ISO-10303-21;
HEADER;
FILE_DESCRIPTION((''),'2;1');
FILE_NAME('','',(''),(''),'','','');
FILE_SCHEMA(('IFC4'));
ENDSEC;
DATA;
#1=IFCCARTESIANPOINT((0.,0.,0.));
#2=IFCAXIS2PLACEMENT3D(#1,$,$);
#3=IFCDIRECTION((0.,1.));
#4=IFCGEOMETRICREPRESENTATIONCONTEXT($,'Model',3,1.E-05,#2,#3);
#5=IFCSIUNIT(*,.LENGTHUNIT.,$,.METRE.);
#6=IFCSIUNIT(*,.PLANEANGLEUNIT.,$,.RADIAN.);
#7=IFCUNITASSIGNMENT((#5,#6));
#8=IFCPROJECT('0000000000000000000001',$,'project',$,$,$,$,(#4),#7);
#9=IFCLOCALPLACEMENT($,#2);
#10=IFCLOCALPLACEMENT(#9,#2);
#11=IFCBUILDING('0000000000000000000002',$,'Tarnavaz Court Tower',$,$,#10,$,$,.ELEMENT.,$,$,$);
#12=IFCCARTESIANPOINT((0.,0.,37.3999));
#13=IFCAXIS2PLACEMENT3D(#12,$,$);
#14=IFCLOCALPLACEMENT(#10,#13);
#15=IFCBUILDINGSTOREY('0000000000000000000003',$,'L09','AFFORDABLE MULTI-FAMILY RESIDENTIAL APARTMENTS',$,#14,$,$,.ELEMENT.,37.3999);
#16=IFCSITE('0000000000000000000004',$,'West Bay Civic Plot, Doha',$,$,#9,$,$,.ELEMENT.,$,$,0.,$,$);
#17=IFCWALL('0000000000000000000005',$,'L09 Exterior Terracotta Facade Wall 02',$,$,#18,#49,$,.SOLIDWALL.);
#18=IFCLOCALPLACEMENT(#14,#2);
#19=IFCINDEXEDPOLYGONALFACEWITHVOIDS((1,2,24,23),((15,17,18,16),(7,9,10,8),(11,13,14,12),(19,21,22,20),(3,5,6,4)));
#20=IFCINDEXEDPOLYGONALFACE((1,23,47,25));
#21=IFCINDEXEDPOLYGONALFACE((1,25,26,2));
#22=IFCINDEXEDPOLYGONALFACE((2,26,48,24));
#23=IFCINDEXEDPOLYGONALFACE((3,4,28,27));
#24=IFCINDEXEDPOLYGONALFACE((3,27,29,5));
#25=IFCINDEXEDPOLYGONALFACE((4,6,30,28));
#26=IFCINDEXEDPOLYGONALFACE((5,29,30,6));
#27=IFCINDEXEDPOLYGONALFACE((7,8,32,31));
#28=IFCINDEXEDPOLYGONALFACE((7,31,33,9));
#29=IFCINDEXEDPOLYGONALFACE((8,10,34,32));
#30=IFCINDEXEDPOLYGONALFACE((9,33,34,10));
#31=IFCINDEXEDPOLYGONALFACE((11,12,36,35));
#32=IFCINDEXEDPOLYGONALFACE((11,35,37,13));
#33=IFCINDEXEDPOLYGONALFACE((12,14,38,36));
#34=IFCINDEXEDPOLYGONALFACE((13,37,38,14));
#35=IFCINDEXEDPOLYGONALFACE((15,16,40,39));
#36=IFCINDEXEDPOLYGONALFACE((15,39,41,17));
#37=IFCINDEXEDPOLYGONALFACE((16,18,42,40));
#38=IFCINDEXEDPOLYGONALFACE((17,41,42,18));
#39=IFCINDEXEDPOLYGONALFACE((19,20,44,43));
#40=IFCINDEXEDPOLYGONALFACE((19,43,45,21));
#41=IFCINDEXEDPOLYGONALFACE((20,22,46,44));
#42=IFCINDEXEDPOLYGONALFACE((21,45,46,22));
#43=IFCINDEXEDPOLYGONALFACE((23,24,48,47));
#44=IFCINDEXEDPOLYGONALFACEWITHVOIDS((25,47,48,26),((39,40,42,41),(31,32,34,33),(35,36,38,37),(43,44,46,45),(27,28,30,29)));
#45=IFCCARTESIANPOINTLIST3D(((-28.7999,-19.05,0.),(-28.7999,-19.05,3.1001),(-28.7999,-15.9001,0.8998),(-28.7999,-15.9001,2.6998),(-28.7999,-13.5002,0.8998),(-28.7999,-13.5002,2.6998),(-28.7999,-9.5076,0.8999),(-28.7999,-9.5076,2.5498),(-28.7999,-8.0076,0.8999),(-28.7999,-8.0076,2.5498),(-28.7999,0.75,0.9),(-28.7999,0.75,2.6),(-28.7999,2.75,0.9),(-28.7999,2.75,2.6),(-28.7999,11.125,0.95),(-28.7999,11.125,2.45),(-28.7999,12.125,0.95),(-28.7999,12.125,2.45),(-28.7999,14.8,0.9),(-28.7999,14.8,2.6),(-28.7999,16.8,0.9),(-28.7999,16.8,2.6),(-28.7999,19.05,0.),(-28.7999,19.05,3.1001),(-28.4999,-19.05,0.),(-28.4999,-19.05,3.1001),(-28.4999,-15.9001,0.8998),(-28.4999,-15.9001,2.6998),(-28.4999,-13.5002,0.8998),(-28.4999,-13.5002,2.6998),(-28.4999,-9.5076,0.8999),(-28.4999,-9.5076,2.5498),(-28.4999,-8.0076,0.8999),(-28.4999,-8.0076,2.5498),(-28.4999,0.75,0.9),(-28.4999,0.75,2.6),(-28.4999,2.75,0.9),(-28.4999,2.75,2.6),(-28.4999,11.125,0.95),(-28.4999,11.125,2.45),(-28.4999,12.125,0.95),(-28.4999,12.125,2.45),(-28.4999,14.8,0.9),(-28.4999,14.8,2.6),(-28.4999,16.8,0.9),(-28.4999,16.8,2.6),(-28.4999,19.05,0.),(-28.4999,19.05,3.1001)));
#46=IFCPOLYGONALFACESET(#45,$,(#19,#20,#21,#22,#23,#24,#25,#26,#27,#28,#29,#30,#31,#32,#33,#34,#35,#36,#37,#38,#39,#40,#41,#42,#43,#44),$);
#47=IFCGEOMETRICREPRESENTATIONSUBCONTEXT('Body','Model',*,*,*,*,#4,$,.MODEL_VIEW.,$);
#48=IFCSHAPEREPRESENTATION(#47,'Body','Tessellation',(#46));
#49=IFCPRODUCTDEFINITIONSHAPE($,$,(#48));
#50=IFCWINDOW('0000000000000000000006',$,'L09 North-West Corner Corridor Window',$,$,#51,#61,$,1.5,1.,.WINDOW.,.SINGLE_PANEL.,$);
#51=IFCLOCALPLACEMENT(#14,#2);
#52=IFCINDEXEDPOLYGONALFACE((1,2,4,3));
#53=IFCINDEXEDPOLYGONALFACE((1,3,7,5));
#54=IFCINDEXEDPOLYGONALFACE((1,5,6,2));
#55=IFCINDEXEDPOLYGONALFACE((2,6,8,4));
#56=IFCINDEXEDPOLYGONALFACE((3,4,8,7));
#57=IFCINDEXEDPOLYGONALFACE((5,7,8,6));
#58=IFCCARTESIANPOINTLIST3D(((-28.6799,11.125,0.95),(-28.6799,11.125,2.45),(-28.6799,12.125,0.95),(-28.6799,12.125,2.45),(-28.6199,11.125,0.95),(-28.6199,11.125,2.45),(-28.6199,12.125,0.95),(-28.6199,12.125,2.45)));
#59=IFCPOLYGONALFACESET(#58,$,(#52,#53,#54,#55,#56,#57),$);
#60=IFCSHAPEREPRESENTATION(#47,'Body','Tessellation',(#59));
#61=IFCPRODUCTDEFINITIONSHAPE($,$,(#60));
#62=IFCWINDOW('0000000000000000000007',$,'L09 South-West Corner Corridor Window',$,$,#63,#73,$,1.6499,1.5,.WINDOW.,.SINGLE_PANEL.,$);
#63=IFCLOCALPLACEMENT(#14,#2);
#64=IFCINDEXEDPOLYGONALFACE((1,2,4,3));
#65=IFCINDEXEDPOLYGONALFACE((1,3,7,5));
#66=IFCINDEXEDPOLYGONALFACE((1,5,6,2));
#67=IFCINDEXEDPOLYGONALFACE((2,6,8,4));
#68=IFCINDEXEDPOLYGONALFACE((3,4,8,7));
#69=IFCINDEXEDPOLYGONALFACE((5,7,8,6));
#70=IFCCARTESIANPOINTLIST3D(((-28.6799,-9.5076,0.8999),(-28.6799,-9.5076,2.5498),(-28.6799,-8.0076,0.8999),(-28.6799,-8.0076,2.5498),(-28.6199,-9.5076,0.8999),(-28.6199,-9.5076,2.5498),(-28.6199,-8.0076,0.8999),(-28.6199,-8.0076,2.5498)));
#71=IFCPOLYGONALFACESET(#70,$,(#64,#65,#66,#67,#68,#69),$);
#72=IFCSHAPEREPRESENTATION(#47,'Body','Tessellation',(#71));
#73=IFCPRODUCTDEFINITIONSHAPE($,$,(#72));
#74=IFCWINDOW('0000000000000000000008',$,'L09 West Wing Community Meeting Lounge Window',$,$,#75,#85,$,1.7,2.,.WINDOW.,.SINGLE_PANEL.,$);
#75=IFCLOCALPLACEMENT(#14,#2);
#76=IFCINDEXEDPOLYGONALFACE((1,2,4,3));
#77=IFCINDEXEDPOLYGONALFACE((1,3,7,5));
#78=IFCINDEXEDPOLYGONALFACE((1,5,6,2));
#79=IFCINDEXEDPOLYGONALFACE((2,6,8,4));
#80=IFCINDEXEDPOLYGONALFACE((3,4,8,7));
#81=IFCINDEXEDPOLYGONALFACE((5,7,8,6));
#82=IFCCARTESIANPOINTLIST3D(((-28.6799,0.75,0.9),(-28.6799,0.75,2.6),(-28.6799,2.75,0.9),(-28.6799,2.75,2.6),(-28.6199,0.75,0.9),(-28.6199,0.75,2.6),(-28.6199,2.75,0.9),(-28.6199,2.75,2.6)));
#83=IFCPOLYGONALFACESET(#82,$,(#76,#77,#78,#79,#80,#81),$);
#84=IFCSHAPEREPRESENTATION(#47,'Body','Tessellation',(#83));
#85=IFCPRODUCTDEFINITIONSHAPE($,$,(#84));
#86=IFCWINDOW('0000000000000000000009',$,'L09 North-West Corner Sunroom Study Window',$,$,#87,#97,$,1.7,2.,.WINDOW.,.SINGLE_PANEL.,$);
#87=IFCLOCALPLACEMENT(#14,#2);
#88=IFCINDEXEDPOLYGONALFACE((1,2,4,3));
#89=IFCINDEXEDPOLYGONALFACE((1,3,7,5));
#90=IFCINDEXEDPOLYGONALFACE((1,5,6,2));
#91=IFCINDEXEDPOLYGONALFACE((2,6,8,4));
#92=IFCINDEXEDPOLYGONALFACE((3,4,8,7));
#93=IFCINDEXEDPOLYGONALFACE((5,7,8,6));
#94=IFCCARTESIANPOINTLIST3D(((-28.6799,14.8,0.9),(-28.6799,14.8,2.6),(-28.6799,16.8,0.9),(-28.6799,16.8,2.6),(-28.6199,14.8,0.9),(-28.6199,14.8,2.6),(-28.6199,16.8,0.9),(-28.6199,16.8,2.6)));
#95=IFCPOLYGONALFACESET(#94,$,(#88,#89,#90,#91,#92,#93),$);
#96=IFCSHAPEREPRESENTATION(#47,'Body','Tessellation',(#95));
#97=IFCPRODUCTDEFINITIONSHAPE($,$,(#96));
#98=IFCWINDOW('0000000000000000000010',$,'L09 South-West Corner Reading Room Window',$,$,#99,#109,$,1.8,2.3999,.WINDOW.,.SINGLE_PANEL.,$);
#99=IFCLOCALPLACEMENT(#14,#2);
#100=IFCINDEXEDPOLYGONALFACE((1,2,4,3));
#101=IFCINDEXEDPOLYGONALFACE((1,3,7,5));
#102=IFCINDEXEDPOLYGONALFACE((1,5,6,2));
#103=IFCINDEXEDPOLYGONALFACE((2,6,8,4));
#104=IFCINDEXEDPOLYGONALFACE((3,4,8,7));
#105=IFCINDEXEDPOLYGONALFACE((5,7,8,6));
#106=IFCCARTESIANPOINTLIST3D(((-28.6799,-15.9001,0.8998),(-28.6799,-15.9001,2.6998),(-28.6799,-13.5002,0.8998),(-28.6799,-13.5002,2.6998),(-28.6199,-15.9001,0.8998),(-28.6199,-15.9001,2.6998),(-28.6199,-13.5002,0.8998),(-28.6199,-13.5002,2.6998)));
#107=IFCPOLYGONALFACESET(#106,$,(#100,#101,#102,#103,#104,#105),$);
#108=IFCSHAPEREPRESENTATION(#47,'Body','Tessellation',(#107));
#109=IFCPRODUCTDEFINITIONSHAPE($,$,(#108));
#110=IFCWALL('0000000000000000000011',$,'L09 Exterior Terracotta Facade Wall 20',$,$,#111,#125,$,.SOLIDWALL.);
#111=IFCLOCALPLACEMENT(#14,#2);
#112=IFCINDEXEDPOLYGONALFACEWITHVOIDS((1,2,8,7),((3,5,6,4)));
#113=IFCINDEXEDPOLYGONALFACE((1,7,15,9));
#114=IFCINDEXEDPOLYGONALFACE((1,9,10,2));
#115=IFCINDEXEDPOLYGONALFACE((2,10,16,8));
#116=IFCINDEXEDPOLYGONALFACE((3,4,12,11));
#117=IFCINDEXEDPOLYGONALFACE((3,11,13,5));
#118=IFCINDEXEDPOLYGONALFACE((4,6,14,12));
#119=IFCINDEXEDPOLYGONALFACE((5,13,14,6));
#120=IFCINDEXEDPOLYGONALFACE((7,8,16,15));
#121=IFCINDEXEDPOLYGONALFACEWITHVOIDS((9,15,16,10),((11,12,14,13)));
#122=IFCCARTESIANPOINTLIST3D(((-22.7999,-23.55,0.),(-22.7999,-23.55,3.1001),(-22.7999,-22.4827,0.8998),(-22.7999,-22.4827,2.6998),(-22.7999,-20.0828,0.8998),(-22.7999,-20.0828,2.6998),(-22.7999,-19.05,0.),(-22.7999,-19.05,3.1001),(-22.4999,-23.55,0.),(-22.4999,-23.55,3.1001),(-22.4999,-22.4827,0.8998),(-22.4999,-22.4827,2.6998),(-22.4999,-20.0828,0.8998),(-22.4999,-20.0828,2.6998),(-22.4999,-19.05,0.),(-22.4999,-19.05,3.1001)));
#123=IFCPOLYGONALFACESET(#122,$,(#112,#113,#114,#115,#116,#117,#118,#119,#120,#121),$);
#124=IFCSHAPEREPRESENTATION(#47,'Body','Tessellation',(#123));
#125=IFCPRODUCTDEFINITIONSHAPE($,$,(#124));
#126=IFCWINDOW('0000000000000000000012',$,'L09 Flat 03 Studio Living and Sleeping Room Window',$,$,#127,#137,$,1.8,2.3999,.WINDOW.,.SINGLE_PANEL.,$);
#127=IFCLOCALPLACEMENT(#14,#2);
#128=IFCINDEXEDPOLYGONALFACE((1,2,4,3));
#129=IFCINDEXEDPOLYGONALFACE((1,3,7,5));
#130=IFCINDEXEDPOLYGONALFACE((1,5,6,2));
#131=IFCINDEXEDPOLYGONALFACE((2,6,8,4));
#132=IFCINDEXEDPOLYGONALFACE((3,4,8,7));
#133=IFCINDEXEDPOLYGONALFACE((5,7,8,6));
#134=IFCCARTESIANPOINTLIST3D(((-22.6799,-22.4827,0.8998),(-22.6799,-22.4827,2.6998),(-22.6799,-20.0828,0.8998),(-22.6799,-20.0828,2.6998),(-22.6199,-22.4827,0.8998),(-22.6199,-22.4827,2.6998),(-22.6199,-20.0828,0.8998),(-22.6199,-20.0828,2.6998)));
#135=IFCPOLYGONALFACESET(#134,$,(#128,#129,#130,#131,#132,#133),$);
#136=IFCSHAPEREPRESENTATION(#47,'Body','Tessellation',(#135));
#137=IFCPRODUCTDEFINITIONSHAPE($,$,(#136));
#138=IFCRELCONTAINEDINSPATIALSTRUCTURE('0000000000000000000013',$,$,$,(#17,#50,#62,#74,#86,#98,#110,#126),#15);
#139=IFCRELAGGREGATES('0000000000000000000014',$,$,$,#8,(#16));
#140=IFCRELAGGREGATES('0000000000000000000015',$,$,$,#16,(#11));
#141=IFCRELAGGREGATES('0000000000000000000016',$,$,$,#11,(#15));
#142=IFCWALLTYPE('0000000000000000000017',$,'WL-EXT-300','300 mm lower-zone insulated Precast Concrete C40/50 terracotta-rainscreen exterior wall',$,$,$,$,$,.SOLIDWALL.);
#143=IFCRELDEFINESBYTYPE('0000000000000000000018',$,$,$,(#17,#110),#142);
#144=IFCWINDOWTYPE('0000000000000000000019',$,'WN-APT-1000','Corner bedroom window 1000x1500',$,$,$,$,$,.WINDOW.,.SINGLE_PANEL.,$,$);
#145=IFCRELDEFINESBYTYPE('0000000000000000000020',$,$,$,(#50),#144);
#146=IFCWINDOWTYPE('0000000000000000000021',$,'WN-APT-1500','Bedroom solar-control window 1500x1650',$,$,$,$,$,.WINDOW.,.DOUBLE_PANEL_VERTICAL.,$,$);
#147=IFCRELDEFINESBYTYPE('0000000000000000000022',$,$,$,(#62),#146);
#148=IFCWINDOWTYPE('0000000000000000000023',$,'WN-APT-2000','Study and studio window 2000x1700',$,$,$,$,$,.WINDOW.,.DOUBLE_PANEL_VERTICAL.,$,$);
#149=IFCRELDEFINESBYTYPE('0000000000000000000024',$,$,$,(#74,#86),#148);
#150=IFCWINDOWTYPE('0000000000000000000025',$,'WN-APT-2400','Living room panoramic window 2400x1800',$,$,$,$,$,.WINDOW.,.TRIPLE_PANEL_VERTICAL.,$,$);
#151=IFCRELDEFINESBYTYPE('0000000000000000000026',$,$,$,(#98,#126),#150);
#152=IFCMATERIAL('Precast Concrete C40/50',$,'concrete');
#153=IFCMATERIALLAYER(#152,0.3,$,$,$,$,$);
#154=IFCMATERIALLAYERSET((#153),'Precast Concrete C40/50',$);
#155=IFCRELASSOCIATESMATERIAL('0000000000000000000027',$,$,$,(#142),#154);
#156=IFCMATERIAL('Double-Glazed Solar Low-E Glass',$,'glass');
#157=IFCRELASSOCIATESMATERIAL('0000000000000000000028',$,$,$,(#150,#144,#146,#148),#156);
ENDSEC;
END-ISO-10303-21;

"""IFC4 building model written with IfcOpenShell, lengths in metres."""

from ifc_helpers import new_model, si_unit, direction, frame, frame_2d, origin, place, context, subcontext, project, spatial, rectangle, extrude, material, layer, layer_set, type_object, element, fill, save


model = new_model("IFC4")

# Units and contexts
model_context = context("Model", 3, precision=1e-05, world=origin(), true_north=direction((0.0, 1.0)))
body_context = subcontext(model_context, "Body", "Model", "MODEL_VIEW")
ifc_project = project(units=[si_unit("LENGTHUNIT", "METRE"), si_unit("PLANEANGLEUNIT", "RADIAN")], contexts=[model_context])

# Site, building, storey
site_placement = place(None, origin())
site = spatial("IfcSite", under=ifc_project, at=site_placement, Name="West Bay Civic Plot, Doha", CompositionType="ELEMENT", RefElevation=0.0)
building_placement = place(site_placement, origin())
building = spatial("IfcBuilding", under=site, at=building_placement, Name="Tarnavaz Court Tower", CompositionType="ELEMENT")
storey_placement = place(building_placement, frame((0.0, 0.0, 37.3999)))
storey = spatial("IfcBuildingStorey", under=building, at=storey_placement, Name="L09", Description="AFFORDABLE MULTI-FAMILY RESIDENTIAL APARTMENTS", CompositionType="ELEMENT", Elevation=37.3999)

# Shared definitions
ifc_material_1 = material(Name="Precast Concrete C40/50", Category="concrete")
ifc_layer_1 = layer(ifc_material_1, 0.3)
ifc_layer_set_1 = layer_set([ifc_layer_1], Name="Precast Concrete C40/50")
wall_type_1 = type_object("IfcWallType", Name="WL-EXT-300", Description="300 mm lower-zone insulated Precast Concrete C40/50 terracotta-rainscreen exterior wall", PredefinedType="SOLIDWALL", material=ifc_layer_set_1)
ifc_material_2 = material(Name="Double-Glazed Solar Low-E Glass", Category="glass")
window_type_1 = type_object("IfcWindowType", Name="WN-APT-2400", Description="Living room panoramic window 2400x1800", PartitioningType="TRIPLE_PANEL_VERTICAL", PredefinedType="WINDOW", material=ifc_material_2)

# Wall, openings, windows
wall_1_placement = place(storey_placement, frame((-28.6499, -19.05, 0.0), z_axis=(0.0, 0.0, 1.0), x_axis=(0.0, 1.0, 0.0)))
wall_1 = element("IfcWall", 1, at=wall_1_placement, inside=storey, type_object=wall_type_1, Name="L09 Exterior Terracotta Facade Wall 02", PredefinedType="SOLIDWALL", context=body_context, shape_type="SweptSolid", body=[
    extrude(rectangle(XDim=38.1001, YDim=0.3, at=frame_2d((19.05, 0.0))), origin(), (0.0, 0.0, 1.0), 3.1001),
])
opening_1_placement = place(wall_1_placement, frame((3.1499, 0.0, 0.8999)))
opening_1 = element("IfcOpeningElement", 2, at=opening_1_placement, cuts=wall_1, PredefinedType="OPENING", context=body_context, shape_type="SweptSolid", body=[
    extrude(rectangle(XDim=2.3999, YDim=1.8, at=frame_2d((1.2, 0.8999))), frame((0.0, 0.1599, 0.0), z_axis=(0.0, -1.0, 0.0), x_axis=(1.0, 0.0, 0.0)), (0.0, 0.0, 1.0), 0.3201),
])
opening_2_placement = place(wall_1_placement, frame((9.5425, 0.0, 0.8999)))
opening_2 = element("IfcOpeningElement", 3, at=opening_2_placement, cuts=wall_1, PredefinedType="OPENING", context=body_context, shape_type="SweptSolid", body=[
    extrude(rectangle(XDim=1.5, YDim=1.6499, at=frame_2d((0.75, 0.825))), frame((0.0, 0.1599, 0.0), z_axis=(0.0, -1.0, 0.0), x_axis=(1.0, 0.0, 0.0)), (0.0, 0.0, 1.0), 0.3201),
])
opening_3_placement = place(wall_1_placement, frame((19.8, 0.0, 0.8999)))
opening_3 = element("IfcOpeningElement", 4, at=opening_3_placement, cuts=wall_1, PredefinedType="OPENING", context=body_context, shape_type="SweptSolid", body=[
    extrude(rectangle(XDim=2.0, YDim=1.7, at=frame_2d((1.0, 0.8501))), frame((0.0, 0.1599, 0.0), z_axis=(0.0, -1.0, 0.0), x_axis=(1.0, 0.0, 0.0)), (0.0, 0.0, 1.0), 0.3201),
])
opening_4_placement = place(wall_1_placement, frame((30.175, 0.0, 0.95)))
opening_4 = element("IfcOpeningElement", 5, at=opening_4_placement, cuts=wall_1, PredefinedType="OPENING", context=body_context, shape_type="SweptSolid", body=[
    extrude(rectangle(XDim=1.0, YDim=1.5, at=frame_2d((0.5, 0.75))), frame((0.0, 0.1599, 0.0), z_axis=(0.0, -1.0, 0.0), x_axis=(1.0, 0.0, 0.0)), (0.0, 0.0, 1.0), 0.3201),
])
opening_5_placement = place(wall_1_placement, frame((33.8501, 0.0, 0.8999)))
opening_5 = element("IfcOpeningElement", 6, at=opening_5_placement, cuts=wall_1, PredefinedType="OPENING", context=body_context, shape_type="SweptSolid", body=[
    extrude(rectangle(XDim=2.0, YDim=1.7, at=frame_2d((1.0, 0.8501))), frame((0.0, 0.1599, 0.0), z_axis=(0.0, -1.0, 0.0), x_axis=(1.0, 0.0, 0.0)), (0.0, 0.0, 1.0), 0.3201),
])
window_type_2 = type_object("IfcWindowType", Name="WN-APT-1000", Description="Corner bedroom window 1000x1500", PartitioningType="SINGLE_PANEL", PredefinedType="WINDOW", material=ifc_material_2)
window_1_placement = place(opening_4_placement, origin())
window_1 = element("IfcWindow", 7, at=window_1_placement, inside=storey, type_object=window_type_2, Name="L09 North-West Corner Corridor Window", OverallHeight=1.5, OverallWidth=1.0, PartitioningType="SINGLE_PANEL", PredefinedType="WINDOW", context=body_context, shape_type="SweptSolid", body=[
    extrude(rectangle(XDim=1.0, YDim=1.5, at=frame_2d((0.5, 0.75))), frame((0.0, 0.03, 0.0), z_axis=(0.0, -1.0, 0.0), x_axis=(1.0, 0.0, 0.0)), (0.0, 0.0, 1.0), 0.0601),
])
fill(opening_4, window_1)
window_type_3 = type_object("IfcWindowType", Name="WN-APT-1500", Description="Bedroom solar-control window 1500x1650", PartitioningType="DOUBLE_PANEL_VERTICAL", PredefinedType="WINDOW", material=ifc_material_2)
window_2_placement = place(opening_2_placement, origin())
window_2 = element("IfcWindow", 8, at=window_2_placement, inside=storey, type_object=window_type_3, Name="L09 South-West Corner Corridor Window", OverallHeight=1.6499, OverallWidth=1.5, PartitioningType="SINGLE_PANEL", PredefinedType="WINDOW", context=body_context, shape_type="SweptSolid", body=[
    extrude(rectangle(XDim=1.5, YDim=1.6499, at=frame_2d((0.75, 0.825))), frame((0.0, 0.03, 0.0), z_axis=(0.0, -1.0, 0.0), x_axis=(1.0, 0.0, 0.0)), (0.0, 0.0, 1.0), 0.0601),
])
fill(opening_2, window_2)
window_type_4 = type_object("IfcWindowType", Name="WN-APT-2000", Description="Study and studio window 2000x1700", PartitioningType="DOUBLE_PANEL_VERTICAL", PredefinedType="WINDOW", material=ifc_material_2)
window_3_placement = place(opening_3_placement, origin())
window_3 = element("IfcWindow", 9, at=window_3_placement, inside=storey, type_object=window_type_4, Name="L09 West Wing Community Meeting Lounge Window", OverallHeight=1.7, OverallWidth=2.0, PartitioningType="SINGLE_PANEL", PredefinedType="WINDOW", context=body_context, shape_type="SweptSolid", body=[
    extrude(rectangle(XDim=2.0, YDim=1.7, at=frame_2d((1.0, 0.8501))), frame((0.0, 0.03, 0.0), z_axis=(0.0, -1.0, 0.0), x_axis=(1.0, 0.0, 0.0)), (0.0, 0.0, 1.0), 0.0601),
])
fill(opening_3, window_3)
window_4_placement = place(opening_5_placement, origin())
window_4 = element("IfcWindow", 10, at=window_4_placement, inside=storey, type_object=window_type_4, Name="L09 North-West Corner Sunroom Study Window", OverallHeight=1.7, OverallWidth=2.0, PartitioningType="SINGLE_PANEL", PredefinedType="WINDOW", context=body_context, shape_type="SweptSolid", body=[
    extrude(rectangle(XDim=2.0, YDim=1.7, at=frame_2d((1.0, 0.8501))), frame((0.0, 0.03, 0.0), z_axis=(0.0, -1.0, 0.0), x_axis=(1.0, 0.0, 0.0)), (0.0, 0.0, 1.0), 0.0601),
])
fill(opening_5, window_4)
window_5_placement = place(opening_1_placement, origin())
window_5 = element("IfcWindow", 11, at=window_5_placement, inside=storey, type_object=window_type_1, Name="L09 South-West Corner Reading Room Window", OverallHeight=1.8, OverallWidth=2.3999, PartitioningType="SINGLE_PANEL", PredefinedType="WINDOW", context=body_context, shape_type="SweptSolid", body=[
    extrude(rectangle(XDim=2.3999, YDim=1.8, at=frame_2d((1.2, 0.8999))), frame((0.0, 0.03, 0.0), z_axis=(0.0, -1.0, 0.0), x_axis=(1.0, 0.0, 0.0)), (0.0, 0.0, 1.0), 0.0601),
])
fill(opening_1, window_5)

# Wall, opening, window
wall_2_placement = place(storey_placement, frame((-22.6499, -23.55, 0.0), z_axis=(0.0, 0.0, 1.0), x_axis=(0.0, 1.0, 0.0)))
wall_2 = element("IfcWall", 12, at=wall_2_placement, inside=storey, type_object=wall_type_1, Name="L09 Exterior Terracotta Facade Wall 20", PredefinedType="SOLIDWALL", context=body_context, shape_type="SweptSolid", body=[
    extrude(rectangle(XDim=4.5, YDim=0.3, at=frame_2d((2.25, 0.0))), origin(), (0.0, 0.0, 1.0), 3.1001),
])
opening_6_placement = place(wall_2_placement, frame((1.0674, 0.0, 0.8999)))
opening_6 = element("IfcOpeningElement", 13, at=opening_6_placement, cuts=wall_2, PredefinedType="OPENING", context=body_context, shape_type="SweptSolid", body=[
    extrude(rectangle(XDim=2.3999, YDim=1.8, at=frame_2d((1.2, 0.8999))), frame((0.0, 0.1599, 0.0), z_axis=(0.0, -1.0, 0.0), x_axis=(1.0, 0.0, 0.0)), (0.0, 0.0, 1.0), 0.3201),
])
window_6_placement = place(opening_6_placement, origin())
window_6 = element("IfcWindow", 14, at=window_6_placement, inside=storey, type_object=window_type_1, Name="L09 Flat 03 Studio Living and Sleeping Room Window", OverallHeight=1.8, OverallWidth=2.3999, PartitioningType="SINGLE_PANEL", PredefinedType="WINDOW", context=body_context, shape_type="SweptSolid", body=[
    extrude(rectangle(XDim=2.3999, YDim=1.8, at=frame_2d((1.2, 0.8999))), frame((0.0, 0.03, 0.0), z_axis=(0.0, -1.0, 0.0), x_axis=(1.0, 0.0, 0.0)), (0.0, 0.0, 1.0), 0.0601),
])
fill(opening_6, window_6)

save(model, "model.ifc")
